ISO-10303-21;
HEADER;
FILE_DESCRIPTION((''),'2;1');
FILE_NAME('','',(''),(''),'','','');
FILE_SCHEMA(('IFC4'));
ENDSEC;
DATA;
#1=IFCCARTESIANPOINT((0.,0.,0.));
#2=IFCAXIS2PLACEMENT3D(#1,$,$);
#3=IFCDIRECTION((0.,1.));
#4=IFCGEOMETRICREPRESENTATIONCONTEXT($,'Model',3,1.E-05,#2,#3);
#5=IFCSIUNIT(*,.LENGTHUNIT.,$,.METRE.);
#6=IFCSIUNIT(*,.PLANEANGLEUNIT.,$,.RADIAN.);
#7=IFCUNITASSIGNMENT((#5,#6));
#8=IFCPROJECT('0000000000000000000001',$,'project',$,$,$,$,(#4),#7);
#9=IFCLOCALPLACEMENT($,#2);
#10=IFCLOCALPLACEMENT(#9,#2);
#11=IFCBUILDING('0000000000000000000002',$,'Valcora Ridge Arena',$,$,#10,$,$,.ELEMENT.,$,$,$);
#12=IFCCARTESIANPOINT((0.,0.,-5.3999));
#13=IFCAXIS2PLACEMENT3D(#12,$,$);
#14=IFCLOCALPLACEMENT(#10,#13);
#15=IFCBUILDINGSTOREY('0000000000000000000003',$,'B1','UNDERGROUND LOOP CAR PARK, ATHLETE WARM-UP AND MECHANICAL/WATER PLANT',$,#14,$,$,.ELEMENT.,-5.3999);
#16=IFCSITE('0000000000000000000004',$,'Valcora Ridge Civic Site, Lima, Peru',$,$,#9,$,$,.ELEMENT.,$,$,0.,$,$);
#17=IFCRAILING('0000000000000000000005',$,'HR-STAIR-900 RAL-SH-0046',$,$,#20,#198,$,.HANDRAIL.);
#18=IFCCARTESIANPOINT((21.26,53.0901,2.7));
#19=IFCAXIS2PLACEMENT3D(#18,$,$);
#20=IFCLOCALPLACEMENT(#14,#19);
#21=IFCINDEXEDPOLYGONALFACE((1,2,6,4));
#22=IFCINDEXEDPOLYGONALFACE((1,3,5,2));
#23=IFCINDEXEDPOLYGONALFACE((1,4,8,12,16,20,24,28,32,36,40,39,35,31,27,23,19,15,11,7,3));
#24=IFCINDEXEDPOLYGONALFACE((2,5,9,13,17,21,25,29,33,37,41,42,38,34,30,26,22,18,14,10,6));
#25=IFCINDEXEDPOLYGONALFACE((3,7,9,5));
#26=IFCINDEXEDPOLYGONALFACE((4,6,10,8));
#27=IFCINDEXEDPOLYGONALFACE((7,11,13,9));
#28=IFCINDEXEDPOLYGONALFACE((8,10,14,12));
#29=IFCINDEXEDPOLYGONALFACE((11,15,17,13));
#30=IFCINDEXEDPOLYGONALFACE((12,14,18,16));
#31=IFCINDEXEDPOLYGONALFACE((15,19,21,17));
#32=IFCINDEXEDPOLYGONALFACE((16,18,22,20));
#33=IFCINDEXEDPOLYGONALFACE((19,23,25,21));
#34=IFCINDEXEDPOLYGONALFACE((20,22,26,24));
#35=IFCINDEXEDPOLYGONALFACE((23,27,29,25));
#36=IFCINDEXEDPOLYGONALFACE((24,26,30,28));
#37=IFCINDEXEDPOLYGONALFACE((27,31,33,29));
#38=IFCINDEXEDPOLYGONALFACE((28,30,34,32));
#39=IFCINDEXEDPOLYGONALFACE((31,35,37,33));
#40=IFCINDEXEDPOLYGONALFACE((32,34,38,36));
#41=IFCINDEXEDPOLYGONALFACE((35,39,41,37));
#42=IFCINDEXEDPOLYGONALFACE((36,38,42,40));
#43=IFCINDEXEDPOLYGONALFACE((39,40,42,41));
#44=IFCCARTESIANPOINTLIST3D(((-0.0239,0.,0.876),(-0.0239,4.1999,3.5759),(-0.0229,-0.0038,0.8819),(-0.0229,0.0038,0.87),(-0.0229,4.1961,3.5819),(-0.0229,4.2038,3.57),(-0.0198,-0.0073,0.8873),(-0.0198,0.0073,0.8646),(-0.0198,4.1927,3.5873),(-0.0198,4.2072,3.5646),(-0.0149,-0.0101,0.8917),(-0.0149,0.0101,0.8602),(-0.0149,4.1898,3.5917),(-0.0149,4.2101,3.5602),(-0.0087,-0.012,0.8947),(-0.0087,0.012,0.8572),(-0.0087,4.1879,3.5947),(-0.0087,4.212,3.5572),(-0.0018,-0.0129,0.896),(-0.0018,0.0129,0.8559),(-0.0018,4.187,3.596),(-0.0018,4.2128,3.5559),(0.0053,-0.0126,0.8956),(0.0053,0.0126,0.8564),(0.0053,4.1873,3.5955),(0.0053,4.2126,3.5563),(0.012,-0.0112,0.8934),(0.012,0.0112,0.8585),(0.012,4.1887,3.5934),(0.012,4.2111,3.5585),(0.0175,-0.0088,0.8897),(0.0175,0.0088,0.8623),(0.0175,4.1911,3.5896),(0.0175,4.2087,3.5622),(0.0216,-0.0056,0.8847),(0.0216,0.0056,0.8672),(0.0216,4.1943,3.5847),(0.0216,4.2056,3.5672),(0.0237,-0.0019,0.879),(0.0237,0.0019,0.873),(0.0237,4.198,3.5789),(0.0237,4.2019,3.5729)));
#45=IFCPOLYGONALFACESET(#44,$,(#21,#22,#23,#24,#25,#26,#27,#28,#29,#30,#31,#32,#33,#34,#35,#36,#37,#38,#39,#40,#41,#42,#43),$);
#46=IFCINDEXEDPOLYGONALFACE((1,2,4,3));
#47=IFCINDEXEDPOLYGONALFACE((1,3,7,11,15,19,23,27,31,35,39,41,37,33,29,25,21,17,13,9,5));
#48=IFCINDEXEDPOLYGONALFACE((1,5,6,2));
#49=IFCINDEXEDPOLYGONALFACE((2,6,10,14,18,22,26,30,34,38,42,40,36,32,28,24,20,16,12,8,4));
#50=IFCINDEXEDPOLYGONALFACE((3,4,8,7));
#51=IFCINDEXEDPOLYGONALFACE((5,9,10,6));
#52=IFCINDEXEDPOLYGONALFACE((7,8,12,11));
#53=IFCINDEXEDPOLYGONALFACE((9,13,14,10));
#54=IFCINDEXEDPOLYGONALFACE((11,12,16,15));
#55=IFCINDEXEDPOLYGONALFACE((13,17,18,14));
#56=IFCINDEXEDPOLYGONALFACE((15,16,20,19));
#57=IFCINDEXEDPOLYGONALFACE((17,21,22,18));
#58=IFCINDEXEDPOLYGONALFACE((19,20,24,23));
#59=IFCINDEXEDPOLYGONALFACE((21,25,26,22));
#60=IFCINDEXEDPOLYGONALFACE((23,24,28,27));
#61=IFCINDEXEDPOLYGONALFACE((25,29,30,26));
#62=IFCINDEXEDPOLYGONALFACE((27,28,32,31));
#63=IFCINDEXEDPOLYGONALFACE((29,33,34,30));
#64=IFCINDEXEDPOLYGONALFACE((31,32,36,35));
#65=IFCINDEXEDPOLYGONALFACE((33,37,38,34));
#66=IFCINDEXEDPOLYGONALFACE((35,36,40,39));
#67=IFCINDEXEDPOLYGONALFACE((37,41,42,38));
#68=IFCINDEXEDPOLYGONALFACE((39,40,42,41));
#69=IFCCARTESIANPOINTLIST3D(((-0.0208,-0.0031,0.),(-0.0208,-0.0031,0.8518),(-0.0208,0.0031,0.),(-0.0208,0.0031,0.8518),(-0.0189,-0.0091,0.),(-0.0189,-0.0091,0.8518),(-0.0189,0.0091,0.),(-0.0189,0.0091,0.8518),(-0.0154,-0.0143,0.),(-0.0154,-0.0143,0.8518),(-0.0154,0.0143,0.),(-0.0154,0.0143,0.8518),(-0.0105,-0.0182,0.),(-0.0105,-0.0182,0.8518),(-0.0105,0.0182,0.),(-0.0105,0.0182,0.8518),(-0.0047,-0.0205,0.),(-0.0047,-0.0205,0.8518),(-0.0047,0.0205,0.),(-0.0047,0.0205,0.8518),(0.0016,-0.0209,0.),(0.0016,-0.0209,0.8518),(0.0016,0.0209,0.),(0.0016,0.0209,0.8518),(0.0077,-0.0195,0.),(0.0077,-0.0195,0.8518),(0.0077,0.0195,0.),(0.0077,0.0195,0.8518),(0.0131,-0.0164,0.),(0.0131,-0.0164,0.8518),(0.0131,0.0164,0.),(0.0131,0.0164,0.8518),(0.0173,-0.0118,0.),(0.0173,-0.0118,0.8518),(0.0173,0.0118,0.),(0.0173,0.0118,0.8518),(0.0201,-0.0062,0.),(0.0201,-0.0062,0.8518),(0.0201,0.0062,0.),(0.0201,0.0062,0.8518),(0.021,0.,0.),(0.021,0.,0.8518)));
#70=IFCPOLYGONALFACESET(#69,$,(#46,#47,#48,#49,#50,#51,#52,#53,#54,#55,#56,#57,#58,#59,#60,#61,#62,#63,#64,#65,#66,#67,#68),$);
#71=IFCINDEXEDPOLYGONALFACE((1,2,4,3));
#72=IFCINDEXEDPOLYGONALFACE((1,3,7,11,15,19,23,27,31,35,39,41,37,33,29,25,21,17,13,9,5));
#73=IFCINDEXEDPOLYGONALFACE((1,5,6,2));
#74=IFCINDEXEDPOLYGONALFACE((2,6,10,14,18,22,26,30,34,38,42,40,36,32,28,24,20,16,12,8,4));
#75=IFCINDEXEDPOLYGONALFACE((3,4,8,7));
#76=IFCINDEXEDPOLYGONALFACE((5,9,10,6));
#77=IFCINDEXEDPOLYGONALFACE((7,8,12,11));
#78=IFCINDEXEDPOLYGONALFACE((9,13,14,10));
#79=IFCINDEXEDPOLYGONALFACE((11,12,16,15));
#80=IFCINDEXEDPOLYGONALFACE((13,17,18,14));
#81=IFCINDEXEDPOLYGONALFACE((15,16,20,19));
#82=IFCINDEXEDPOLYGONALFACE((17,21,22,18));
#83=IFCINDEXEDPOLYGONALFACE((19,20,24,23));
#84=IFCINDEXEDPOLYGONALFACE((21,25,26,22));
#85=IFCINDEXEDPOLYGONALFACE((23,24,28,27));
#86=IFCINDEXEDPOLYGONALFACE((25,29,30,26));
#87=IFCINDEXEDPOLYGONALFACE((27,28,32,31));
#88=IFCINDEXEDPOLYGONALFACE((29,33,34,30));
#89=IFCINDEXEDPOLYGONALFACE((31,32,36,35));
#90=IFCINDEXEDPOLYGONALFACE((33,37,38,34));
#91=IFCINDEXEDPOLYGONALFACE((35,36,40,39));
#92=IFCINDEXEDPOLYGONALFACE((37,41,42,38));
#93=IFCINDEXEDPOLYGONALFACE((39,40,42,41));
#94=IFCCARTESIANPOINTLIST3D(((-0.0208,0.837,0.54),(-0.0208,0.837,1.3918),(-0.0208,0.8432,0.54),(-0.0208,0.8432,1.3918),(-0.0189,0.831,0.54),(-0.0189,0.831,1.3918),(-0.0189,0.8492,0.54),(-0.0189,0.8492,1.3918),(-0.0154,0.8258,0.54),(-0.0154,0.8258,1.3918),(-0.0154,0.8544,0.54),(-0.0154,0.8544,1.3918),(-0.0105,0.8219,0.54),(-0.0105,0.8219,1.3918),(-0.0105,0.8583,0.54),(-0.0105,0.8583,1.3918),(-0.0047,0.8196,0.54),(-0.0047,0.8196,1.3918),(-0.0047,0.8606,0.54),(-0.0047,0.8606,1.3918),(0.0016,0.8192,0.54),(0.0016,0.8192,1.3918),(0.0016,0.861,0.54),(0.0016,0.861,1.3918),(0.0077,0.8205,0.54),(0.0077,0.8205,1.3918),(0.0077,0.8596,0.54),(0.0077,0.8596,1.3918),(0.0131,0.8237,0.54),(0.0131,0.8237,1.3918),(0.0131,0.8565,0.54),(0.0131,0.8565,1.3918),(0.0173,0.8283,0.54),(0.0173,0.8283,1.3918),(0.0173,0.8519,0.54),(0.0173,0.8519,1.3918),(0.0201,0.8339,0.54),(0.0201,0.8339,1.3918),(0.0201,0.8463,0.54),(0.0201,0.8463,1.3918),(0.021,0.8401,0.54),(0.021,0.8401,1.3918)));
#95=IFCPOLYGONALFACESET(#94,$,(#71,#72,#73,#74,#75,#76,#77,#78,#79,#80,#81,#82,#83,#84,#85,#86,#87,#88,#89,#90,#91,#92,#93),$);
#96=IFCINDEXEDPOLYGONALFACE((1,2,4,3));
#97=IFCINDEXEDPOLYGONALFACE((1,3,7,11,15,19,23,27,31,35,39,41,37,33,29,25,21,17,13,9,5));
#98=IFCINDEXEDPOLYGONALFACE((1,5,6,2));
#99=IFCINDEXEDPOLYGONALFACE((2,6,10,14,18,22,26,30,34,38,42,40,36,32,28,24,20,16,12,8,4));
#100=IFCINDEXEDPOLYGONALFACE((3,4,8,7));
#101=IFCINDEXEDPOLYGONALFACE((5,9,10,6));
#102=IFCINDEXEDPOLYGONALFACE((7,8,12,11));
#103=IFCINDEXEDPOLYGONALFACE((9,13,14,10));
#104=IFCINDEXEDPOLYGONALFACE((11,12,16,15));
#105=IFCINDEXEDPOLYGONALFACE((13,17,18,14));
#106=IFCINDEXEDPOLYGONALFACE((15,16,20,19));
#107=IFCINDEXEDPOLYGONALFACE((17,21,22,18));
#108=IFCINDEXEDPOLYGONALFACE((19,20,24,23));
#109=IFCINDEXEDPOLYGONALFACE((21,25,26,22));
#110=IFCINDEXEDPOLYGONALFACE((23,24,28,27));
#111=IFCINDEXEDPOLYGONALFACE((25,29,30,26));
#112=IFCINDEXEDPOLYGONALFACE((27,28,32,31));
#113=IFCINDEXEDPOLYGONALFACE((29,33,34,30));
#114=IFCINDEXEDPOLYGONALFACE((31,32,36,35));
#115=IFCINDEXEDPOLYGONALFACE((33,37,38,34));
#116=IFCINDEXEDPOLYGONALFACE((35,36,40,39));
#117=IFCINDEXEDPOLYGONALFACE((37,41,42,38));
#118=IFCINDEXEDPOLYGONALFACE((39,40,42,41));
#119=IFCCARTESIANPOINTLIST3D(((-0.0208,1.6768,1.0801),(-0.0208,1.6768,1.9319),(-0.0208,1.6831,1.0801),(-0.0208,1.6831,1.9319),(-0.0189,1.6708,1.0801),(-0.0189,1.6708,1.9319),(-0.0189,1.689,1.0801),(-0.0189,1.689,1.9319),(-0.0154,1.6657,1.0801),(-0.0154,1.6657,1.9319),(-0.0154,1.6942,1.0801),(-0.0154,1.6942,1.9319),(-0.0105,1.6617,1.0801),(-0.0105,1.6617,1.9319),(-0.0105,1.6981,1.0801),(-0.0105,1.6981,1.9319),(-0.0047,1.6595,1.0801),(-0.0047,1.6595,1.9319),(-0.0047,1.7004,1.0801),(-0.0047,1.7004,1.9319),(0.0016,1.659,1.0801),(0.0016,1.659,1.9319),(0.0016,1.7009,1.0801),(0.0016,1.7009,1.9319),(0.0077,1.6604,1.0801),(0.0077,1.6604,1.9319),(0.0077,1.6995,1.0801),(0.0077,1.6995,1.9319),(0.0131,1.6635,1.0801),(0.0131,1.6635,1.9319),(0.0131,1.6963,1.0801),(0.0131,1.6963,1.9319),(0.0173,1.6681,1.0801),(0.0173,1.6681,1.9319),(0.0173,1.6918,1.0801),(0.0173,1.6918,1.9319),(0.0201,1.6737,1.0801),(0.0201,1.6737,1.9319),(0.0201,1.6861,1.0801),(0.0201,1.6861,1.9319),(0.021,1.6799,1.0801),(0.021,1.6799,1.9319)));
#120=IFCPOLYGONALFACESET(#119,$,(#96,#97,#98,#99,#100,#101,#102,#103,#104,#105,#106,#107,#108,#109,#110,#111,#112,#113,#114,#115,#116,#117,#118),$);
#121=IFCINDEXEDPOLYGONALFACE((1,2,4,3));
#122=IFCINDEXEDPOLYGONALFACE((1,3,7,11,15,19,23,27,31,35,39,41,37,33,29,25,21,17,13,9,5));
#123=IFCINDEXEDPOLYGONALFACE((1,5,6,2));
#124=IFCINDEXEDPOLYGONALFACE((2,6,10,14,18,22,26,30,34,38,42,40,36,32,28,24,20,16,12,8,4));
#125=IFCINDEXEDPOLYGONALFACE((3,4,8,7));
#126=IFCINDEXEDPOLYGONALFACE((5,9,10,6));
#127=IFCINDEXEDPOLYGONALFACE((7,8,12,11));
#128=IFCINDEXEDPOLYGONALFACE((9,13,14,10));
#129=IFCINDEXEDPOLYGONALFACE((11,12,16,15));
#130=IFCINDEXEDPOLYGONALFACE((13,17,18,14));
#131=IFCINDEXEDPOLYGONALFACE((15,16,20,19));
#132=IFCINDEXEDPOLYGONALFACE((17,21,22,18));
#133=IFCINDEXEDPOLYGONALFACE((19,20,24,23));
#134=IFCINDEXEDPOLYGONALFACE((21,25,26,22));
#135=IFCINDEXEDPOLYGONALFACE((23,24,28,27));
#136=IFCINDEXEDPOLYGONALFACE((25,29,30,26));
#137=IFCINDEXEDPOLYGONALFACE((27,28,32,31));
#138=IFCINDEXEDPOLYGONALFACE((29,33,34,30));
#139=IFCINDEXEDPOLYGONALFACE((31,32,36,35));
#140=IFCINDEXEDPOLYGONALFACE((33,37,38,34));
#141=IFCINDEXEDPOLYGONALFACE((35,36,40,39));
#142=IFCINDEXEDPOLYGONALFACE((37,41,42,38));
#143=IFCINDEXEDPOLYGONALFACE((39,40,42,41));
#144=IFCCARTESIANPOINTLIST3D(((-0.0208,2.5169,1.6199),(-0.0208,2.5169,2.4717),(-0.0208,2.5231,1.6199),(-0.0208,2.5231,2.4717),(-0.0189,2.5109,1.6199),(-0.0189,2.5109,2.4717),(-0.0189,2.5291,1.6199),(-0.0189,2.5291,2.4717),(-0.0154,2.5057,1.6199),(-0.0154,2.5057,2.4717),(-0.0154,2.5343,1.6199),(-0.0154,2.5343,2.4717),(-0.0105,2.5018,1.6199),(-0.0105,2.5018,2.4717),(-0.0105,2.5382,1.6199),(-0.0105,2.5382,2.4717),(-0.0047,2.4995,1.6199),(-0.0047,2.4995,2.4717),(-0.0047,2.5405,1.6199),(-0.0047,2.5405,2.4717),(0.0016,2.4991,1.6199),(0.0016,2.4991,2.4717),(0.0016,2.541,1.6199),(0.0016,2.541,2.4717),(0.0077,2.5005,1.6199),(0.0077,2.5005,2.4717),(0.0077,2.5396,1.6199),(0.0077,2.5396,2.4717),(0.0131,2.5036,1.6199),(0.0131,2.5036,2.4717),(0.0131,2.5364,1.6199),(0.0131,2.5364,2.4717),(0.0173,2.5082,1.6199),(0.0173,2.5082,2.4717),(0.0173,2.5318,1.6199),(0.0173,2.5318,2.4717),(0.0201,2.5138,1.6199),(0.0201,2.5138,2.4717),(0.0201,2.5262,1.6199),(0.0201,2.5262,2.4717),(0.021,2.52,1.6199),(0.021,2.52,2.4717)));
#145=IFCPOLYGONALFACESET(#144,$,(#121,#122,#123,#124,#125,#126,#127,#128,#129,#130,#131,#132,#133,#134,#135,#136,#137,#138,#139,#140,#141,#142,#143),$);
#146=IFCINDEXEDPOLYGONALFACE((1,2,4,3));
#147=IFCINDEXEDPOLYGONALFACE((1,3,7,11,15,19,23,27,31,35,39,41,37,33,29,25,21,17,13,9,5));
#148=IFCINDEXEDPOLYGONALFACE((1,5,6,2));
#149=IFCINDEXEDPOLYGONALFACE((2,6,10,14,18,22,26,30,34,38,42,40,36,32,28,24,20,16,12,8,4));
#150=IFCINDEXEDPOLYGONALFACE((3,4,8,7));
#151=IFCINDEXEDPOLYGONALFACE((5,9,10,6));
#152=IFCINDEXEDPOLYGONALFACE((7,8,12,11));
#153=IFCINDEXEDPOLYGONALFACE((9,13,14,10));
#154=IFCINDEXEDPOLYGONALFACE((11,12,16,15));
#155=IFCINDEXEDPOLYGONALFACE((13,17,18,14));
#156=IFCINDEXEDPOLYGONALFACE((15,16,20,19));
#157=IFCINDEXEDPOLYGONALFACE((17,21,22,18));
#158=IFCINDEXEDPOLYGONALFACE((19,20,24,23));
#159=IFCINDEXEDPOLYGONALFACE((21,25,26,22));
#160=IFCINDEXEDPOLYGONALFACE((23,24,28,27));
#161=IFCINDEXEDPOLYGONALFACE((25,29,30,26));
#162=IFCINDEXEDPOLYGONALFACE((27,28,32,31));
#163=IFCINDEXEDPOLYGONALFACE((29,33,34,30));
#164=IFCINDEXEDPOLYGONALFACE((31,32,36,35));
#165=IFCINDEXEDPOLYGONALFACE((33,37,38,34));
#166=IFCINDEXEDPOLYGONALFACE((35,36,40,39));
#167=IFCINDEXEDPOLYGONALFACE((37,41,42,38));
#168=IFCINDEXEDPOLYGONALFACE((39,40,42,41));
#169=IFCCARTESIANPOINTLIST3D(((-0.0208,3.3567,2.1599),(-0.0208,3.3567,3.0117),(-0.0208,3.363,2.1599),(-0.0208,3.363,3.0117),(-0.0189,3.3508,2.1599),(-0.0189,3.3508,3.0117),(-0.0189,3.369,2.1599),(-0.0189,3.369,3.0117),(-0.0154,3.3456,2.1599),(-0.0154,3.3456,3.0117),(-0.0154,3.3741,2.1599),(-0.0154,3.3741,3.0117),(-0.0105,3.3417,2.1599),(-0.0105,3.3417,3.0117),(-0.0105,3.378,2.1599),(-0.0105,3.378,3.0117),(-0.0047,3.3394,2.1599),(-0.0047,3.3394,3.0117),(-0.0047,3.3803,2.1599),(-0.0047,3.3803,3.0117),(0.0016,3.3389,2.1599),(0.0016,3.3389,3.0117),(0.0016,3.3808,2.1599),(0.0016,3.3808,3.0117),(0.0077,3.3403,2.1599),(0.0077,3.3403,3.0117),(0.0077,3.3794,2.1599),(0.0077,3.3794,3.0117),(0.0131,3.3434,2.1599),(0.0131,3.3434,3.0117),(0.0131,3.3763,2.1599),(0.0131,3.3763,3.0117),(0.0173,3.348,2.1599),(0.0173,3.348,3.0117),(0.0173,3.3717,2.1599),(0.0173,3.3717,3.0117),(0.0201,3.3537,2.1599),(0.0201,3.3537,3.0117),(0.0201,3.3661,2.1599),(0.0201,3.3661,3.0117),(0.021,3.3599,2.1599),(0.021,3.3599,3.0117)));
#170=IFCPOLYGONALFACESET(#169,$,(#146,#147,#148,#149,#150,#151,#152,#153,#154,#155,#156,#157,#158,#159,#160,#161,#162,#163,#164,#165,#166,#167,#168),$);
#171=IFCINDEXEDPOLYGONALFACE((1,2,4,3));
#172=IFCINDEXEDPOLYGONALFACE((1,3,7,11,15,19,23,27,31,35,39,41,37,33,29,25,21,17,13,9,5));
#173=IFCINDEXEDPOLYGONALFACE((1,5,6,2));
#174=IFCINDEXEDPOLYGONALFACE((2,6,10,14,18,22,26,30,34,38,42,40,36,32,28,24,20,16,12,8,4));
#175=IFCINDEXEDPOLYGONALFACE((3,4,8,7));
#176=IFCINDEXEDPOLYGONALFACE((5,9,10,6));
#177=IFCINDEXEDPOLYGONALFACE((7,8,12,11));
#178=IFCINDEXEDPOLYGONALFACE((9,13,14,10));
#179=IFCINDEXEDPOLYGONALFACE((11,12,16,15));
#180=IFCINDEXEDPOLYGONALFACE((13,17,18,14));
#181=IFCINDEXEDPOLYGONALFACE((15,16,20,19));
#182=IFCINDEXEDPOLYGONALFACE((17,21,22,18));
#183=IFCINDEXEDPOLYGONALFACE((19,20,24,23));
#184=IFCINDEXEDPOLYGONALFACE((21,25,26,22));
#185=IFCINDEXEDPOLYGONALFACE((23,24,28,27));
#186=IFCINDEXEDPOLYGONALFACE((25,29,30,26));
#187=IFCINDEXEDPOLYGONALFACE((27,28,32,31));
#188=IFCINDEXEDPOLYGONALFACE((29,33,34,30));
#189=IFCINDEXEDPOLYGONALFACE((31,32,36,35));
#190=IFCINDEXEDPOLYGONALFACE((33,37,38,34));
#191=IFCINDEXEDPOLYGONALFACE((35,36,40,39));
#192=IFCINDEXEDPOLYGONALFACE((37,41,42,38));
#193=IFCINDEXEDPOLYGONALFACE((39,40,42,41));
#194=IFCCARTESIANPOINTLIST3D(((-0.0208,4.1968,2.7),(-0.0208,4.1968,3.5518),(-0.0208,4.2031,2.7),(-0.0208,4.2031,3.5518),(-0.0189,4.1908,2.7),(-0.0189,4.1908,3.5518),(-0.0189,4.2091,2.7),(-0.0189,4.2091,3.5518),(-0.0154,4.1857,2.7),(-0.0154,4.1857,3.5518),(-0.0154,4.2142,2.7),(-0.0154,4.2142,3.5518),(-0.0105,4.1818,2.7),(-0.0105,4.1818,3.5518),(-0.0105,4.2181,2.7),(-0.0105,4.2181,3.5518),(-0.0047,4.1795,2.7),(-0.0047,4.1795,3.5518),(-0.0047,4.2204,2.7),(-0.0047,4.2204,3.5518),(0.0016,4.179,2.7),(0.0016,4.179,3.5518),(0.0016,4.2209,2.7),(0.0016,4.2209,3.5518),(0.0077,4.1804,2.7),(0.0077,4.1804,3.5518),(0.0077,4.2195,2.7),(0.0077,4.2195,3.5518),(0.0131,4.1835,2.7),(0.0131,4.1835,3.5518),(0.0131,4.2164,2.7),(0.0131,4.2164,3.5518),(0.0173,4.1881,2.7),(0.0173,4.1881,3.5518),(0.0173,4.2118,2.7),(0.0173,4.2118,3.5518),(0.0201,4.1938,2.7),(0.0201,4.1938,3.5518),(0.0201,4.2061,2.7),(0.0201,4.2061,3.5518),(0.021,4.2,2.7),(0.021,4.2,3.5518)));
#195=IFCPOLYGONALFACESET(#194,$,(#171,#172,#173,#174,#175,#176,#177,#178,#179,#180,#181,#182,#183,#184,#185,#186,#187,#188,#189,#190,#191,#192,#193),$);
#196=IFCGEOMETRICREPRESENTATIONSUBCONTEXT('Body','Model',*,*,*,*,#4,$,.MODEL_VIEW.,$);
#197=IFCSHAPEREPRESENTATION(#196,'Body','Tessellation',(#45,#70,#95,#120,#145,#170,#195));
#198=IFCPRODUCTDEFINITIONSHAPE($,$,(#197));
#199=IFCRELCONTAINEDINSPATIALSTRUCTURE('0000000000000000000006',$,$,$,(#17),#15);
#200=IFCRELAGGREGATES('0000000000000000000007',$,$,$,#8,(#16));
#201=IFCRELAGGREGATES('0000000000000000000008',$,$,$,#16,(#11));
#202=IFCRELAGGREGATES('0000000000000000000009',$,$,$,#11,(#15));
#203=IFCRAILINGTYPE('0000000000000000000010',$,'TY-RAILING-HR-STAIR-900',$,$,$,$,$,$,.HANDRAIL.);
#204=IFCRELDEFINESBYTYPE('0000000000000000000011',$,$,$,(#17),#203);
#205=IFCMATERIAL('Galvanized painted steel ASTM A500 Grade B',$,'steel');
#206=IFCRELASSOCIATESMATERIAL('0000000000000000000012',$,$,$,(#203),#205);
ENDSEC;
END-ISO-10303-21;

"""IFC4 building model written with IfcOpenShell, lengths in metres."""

from ifc_helpers import new_model, si_unit, direction, frame, origin, origin_2d, place, context, subcontext, project, spatial, circle, extrude, material, type_object, element, save


model = new_model("IFC4")

# Units and contexts
model_context = context("Model", 3, precision=1e-05, world=origin(), true_north=direction((0.0, 1.0)))
body_context = subcontext(model_context, "Body", "Model", "MODEL_VIEW")
ifc_project = project(units=[si_unit("LENGTHUNIT", "METRE"), si_unit("PLANEANGLEUNIT", "RADIAN")], contexts=[model_context])

# Site, building, storey
site_placement = place(None, origin())
site = spatial("IfcSite", under=ifc_project, at=site_placement, Name="Valcora Ridge Civic Site, Lima, Peru", CompositionType="ELEMENT", RefElevation=0.0)
building_placement = place(site_placement, origin())
building = spatial("IfcBuilding", under=site, at=building_placement, Name="Valcora Ridge Arena", CompositionType="ELEMENT")
storey_placement = place(building_placement, frame((0.0, 0.0, -5.3999)))
storey = spatial("IfcBuildingStorey", under=building, at=storey_placement, Name="B1", Description="UNDERGROUND LOOP CAR PARK, ATHLETE WARM-UP AND MECHANICAL/WATER PLANT", CompositionType="ELEMENT", Elevation=-5.3999)

# Railing
ifc_material_1 = material(Name="Galvanized painted steel ASTM A500 Grade B", Category="steel")
railing_type_1 = type_object("IfcRailingType", Name="TY-RAILING-HR-STAIR-900", PredefinedType="HANDRAIL", material=ifc_material_1)
railing_1_placement = place(storey_placement, frame((21.26, 53.0901, 2.7)))
element("IfcRailing", 1, at=railing_1_placement, inside=storey, type_object=railing_type_1, Name="HR-STAIR-900 RAL-SH-0046", PredefinedType="HANDRAIL", context=body_context, shape_type="SweptSolid", body=[
    extrude(circle(Radius=0.0239, at=origin_2d()), frame((0.0, 0.0, 0.876), z_axis=(0.0, 0.84118, 0.540755), x_axis=(-1.0, 0.0, 0.0)), (0.0, 0.0, 1.0), 4.9929),
    extrude(circle(Radius=0.021, at=origin_2d()), origin(), (0.0, 0.0, 1.0), 0.8518),
    extrude(circle(Radius=0.021, at=origin_2d()), frame((0.0, 0.8401, 0.54)), (0.0, 0.0, 1.0), 0.8518),
    extrude(circle(Radius=0.021, at=origin_2d()), frame((0.0, 1.6799, 1.0801)), (0.0, 0.0, 1.0), 0.8518),
    extrude(circle(Radius=0.021, at=origin_2d()), frame((0.0, 2.52, 1.6199)), (0.0, 0.0, 1.0), 0.8518),
    extrude(circle(Radius=0.021, at=origin_2d()), frame((0.0, 3.3599, 2.1599)), (0.0, 0.0, 1.0), 0.8518),
    extrude(circle(Radius=0.021, at=origin_2d()), frame((0.0, 4.2, 2.7)), (0.0, 0.0, 1.0), 0.8518),
])

save(model, "model.ifc")
